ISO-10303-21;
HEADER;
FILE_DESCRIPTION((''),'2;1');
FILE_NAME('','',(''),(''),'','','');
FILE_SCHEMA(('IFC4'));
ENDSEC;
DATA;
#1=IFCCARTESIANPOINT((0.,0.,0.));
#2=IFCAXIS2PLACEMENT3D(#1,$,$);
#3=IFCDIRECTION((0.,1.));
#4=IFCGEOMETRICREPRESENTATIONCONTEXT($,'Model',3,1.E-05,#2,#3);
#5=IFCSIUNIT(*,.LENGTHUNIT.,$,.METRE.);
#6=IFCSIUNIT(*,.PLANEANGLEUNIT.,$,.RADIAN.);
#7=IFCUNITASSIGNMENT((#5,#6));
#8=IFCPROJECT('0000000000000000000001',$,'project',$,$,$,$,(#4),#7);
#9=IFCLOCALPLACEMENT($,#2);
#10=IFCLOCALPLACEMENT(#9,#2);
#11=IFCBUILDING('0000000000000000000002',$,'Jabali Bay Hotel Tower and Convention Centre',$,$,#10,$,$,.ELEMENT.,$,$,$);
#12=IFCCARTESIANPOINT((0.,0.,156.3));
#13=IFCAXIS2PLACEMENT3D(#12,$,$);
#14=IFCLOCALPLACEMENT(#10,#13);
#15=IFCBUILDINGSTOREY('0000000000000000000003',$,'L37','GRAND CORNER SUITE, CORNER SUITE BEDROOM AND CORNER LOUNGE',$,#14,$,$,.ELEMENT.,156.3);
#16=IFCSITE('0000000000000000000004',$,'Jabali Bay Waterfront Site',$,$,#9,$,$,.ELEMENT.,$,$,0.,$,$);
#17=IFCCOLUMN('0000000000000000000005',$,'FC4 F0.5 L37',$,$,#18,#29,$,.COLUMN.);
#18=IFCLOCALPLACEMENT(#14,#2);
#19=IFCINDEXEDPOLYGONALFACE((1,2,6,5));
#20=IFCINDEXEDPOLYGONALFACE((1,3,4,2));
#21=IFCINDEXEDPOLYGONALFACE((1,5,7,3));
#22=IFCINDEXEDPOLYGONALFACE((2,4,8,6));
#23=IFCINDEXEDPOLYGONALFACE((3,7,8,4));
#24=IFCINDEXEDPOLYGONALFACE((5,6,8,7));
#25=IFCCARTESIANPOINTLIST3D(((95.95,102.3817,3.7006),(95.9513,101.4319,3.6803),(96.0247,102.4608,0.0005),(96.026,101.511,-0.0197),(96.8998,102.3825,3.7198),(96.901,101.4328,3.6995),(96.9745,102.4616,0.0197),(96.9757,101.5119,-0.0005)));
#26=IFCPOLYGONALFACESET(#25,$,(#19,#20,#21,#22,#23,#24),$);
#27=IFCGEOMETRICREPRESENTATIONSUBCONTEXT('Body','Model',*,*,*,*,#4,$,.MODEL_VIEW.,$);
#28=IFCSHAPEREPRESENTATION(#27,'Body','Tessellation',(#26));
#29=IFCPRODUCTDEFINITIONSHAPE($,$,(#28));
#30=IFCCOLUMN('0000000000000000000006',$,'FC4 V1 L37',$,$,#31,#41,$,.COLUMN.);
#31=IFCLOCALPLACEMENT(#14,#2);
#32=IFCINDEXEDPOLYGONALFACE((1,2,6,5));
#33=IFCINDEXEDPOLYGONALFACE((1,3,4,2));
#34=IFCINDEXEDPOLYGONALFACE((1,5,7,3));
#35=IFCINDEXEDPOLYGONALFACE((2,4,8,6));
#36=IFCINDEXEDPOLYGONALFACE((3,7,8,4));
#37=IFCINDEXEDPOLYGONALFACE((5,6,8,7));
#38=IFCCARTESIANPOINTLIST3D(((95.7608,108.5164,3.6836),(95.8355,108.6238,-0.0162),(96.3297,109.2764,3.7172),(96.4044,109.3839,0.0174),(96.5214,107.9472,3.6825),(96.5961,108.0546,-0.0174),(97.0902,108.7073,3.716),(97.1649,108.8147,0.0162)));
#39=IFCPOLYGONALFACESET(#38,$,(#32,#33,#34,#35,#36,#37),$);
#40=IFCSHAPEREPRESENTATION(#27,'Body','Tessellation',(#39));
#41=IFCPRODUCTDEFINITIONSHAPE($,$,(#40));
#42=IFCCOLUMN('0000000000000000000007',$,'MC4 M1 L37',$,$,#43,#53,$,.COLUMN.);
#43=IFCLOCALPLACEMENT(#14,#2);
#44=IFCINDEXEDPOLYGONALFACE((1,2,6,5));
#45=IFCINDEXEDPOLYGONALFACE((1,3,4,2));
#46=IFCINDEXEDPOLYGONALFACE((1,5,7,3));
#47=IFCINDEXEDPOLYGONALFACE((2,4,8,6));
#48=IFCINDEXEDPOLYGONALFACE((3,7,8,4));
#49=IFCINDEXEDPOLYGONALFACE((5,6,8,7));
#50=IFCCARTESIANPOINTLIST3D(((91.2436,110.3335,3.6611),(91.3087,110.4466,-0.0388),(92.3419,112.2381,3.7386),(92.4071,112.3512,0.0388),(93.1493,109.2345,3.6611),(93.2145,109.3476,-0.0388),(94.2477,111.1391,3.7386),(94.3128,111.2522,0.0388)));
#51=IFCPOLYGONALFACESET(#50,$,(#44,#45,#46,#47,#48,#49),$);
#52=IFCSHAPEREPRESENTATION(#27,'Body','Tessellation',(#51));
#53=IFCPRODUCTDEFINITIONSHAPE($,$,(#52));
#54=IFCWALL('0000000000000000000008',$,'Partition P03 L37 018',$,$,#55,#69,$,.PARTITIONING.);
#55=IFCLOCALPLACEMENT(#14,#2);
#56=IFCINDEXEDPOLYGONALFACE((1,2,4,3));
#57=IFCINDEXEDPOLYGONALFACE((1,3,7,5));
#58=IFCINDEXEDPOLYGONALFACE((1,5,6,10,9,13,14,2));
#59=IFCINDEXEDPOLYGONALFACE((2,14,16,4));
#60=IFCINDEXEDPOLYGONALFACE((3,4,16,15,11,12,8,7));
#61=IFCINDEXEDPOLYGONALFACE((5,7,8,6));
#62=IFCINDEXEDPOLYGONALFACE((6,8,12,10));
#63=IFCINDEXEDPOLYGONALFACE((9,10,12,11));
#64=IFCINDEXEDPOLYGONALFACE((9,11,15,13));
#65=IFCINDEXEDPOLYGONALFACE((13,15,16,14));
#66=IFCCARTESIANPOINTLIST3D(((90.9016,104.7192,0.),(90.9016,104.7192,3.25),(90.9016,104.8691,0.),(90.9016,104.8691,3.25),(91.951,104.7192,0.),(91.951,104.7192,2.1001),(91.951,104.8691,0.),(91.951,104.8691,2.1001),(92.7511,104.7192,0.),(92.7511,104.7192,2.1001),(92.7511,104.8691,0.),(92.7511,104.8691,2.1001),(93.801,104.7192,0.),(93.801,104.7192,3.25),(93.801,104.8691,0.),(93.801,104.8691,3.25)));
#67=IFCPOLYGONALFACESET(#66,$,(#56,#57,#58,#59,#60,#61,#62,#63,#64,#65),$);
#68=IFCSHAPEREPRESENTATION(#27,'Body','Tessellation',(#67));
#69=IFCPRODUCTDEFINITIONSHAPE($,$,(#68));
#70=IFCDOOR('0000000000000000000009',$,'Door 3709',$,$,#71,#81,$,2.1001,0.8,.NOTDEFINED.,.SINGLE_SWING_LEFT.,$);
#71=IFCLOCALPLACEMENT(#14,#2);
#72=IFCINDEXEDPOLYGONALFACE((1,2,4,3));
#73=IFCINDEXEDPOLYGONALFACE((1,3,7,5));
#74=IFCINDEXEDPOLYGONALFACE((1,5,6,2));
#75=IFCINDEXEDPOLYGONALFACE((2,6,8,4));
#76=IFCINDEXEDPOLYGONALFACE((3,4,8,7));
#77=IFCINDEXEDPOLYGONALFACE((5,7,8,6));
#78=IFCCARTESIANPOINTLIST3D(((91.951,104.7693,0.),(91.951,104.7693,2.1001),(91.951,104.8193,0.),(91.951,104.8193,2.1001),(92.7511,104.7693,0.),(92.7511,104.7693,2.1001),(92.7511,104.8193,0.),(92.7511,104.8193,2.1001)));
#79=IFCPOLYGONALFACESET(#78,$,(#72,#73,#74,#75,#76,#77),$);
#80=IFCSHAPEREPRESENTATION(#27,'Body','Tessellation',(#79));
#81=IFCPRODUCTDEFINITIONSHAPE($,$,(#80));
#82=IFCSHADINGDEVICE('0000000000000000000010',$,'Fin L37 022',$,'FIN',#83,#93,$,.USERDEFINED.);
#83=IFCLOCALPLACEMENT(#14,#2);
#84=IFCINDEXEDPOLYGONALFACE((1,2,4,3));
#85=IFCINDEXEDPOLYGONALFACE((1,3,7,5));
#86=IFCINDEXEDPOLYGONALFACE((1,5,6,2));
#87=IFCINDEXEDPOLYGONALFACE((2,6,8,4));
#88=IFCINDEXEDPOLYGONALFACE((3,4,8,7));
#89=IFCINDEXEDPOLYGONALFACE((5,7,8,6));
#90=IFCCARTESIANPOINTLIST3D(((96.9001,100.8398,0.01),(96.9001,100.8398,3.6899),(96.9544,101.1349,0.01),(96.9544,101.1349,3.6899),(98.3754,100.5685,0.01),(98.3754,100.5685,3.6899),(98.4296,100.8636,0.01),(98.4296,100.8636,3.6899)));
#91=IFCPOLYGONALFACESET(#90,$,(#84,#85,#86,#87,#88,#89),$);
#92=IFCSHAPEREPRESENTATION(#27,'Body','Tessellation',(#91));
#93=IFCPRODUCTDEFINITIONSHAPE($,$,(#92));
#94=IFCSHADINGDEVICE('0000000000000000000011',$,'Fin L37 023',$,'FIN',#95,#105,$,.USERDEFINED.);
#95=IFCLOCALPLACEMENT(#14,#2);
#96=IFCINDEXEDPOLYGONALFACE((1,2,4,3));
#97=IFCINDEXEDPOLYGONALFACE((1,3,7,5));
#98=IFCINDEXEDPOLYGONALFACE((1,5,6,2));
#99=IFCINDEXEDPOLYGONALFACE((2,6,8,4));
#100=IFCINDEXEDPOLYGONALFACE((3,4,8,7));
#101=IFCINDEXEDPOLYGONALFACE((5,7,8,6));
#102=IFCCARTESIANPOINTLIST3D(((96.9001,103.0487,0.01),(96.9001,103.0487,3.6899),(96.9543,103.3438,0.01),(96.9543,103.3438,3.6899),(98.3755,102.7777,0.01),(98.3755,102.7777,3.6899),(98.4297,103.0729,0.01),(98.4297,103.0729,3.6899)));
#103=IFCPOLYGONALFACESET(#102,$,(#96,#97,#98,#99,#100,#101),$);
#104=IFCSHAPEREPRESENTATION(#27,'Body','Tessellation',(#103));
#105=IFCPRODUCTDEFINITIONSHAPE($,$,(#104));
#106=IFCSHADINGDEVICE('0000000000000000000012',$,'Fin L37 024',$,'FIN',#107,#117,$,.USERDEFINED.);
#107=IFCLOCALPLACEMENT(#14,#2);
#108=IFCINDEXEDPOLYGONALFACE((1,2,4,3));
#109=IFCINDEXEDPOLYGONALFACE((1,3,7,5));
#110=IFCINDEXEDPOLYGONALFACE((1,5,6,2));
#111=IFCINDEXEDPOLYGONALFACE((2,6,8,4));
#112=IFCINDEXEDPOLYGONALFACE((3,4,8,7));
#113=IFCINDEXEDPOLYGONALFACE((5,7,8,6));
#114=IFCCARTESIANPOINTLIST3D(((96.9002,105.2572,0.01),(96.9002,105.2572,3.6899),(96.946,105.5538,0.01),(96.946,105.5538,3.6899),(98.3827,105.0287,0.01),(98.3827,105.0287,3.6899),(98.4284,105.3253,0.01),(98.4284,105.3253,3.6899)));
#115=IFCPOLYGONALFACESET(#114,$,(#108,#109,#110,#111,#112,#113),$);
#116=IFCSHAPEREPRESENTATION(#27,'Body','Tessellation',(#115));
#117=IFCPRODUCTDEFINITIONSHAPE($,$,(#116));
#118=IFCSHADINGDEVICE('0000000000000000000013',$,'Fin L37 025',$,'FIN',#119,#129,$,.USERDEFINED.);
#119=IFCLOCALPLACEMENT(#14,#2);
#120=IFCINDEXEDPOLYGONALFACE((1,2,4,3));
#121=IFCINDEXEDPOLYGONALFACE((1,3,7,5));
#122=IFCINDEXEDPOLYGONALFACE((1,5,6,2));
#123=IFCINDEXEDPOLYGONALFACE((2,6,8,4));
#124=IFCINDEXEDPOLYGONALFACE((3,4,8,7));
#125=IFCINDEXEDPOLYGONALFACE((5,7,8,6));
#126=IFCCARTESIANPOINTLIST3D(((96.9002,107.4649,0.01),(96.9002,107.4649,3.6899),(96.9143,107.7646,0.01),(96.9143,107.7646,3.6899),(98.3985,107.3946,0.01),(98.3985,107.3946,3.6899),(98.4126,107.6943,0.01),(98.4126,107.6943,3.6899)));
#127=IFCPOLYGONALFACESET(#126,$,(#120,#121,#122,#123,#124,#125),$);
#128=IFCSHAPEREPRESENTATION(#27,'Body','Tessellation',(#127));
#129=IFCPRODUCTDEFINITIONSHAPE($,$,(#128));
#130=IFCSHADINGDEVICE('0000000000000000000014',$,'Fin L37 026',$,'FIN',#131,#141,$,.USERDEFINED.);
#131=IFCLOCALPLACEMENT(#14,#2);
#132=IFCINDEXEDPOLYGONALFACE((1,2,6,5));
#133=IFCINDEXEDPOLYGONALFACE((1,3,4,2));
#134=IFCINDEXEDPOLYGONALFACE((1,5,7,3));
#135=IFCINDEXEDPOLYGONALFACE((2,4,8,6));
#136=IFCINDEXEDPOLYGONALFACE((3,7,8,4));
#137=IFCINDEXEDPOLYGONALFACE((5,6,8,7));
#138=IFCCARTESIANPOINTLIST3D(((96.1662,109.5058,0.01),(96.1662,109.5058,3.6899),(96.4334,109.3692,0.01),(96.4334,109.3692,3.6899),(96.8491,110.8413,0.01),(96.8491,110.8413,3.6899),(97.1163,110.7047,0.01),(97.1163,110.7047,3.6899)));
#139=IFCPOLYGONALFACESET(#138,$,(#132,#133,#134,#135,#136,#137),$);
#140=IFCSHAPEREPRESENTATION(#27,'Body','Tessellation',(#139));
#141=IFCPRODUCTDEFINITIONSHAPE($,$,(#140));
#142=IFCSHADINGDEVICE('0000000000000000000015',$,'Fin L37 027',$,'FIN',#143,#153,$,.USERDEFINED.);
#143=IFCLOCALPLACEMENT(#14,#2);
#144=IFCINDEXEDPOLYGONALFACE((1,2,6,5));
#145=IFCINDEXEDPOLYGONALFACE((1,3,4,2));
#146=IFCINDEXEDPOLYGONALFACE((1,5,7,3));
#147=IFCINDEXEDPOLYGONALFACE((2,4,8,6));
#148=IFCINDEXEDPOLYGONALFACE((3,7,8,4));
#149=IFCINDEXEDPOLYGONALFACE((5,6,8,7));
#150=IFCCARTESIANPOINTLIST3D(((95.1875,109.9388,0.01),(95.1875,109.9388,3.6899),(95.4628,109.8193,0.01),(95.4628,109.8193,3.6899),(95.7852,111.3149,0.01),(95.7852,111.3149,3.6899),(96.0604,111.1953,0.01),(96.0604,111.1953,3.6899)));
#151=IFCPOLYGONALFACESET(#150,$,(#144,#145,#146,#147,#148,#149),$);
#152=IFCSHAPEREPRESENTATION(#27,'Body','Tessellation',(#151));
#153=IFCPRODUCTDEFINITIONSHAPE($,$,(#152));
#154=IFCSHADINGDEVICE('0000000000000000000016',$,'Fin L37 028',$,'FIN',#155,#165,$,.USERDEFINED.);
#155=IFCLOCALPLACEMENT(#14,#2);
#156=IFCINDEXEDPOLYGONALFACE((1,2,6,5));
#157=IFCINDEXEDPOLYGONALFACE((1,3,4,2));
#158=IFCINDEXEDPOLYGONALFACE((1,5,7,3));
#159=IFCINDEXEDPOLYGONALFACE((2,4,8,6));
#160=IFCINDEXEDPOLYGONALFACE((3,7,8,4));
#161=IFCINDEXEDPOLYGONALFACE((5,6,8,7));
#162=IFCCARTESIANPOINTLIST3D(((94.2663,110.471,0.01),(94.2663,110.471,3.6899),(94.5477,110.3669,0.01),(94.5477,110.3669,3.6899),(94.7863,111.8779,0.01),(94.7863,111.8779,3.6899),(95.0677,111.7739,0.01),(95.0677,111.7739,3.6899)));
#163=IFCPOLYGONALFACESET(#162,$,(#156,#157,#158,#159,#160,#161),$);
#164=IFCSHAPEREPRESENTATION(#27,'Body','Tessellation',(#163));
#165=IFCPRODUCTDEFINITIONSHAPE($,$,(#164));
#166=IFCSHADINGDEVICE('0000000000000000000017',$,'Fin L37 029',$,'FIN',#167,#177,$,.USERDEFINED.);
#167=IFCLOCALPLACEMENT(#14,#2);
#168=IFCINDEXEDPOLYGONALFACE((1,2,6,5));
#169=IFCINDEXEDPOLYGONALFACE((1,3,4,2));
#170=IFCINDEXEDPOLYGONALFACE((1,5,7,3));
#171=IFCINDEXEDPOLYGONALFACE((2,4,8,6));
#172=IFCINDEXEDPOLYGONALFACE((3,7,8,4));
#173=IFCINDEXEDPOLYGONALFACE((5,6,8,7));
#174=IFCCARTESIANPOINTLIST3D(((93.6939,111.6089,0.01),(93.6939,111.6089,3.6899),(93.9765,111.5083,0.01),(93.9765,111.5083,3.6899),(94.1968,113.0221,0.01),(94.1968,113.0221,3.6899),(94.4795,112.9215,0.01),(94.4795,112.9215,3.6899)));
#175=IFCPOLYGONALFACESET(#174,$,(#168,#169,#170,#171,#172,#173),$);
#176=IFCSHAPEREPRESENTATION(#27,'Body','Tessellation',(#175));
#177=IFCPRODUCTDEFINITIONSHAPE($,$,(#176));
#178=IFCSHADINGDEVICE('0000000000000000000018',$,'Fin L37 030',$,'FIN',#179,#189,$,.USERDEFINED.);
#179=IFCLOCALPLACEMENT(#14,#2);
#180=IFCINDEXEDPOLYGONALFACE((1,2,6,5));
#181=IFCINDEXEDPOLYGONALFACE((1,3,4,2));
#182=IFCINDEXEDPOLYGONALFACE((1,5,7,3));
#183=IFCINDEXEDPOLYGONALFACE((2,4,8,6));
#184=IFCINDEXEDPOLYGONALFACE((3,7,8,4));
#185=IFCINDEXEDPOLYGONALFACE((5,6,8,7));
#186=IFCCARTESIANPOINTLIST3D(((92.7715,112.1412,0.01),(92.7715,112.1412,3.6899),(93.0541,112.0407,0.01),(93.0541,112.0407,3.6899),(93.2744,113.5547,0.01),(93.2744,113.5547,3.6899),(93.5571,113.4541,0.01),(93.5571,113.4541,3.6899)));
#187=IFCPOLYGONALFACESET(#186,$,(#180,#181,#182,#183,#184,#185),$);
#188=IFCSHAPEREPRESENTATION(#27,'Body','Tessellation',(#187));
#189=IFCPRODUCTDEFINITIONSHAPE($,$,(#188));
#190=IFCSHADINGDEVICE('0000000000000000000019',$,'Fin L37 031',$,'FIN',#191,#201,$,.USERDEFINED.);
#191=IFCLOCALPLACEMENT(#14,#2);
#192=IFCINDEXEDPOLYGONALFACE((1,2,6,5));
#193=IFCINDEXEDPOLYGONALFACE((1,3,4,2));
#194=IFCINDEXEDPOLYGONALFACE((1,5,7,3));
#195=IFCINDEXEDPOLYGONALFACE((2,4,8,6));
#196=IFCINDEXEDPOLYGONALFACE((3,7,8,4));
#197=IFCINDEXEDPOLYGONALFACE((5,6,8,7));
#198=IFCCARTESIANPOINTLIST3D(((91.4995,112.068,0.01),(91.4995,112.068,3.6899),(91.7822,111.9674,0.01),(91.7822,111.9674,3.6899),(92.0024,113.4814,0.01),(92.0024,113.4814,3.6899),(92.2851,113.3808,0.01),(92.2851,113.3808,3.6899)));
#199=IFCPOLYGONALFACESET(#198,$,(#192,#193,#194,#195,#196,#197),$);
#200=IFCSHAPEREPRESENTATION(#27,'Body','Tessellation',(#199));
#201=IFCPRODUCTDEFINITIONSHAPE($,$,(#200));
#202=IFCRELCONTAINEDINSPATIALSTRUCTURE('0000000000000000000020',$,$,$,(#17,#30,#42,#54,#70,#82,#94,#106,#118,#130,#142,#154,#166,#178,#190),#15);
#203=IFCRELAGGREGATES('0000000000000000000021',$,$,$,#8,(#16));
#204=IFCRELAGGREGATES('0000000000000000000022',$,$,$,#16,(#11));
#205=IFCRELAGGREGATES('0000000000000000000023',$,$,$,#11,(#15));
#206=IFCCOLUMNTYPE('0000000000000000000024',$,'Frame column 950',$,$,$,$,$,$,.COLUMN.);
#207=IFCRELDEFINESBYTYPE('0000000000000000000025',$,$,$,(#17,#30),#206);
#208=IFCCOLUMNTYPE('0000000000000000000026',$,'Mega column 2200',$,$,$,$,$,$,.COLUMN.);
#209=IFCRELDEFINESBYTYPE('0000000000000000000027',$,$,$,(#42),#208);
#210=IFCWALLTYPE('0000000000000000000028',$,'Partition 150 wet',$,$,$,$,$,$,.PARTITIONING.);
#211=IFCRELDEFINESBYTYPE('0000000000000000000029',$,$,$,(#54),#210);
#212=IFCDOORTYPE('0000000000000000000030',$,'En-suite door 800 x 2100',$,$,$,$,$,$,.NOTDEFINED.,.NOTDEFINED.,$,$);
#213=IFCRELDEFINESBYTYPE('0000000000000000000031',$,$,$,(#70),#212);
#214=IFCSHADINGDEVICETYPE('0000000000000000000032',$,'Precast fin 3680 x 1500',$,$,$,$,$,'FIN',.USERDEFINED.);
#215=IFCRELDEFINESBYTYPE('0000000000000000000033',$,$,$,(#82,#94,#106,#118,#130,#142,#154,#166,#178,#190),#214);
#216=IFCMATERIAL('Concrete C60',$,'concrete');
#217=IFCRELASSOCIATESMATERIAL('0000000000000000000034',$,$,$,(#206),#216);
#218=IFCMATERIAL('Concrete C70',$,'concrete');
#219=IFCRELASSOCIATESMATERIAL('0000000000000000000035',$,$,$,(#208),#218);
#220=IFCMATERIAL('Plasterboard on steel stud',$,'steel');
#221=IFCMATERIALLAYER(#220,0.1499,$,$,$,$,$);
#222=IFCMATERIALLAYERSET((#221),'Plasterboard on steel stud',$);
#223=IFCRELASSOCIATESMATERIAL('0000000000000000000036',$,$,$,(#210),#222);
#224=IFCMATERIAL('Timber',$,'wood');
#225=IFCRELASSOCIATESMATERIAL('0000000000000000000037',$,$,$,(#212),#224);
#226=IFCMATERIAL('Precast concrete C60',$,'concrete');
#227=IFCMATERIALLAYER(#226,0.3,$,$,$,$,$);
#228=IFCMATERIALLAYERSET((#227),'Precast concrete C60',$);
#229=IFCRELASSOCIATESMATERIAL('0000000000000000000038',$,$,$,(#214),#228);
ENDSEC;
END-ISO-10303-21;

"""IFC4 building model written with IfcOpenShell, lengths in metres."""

from ifc_helpers import new_model, si_unit, direction, frame, frame_2d, origin, origin_2d, place, context, subcontext, project, spatial, rectangle, extrude, material, layer, layer_set, material_profile, profile_set, type_object, element, fill, save


model = new_model("IFC4")

# Units and contexts
model_context = context("Model", 3, precision=1e-05, world=origin(), true_north=direction((0.0, 1.0)))
body_context = subcontext(model_context, "Body", "Model", "MODEL_VIEW")
ifc_project = project(units=[si_unit("LENGTHUNIT", "METRE"), si_unit("PLANEANGLEUNIT", "RADIAN")], contexts=[model_context])

# Site, building, storey
site_placement = place(None, origin())
site = spatial("IfcSite", under=ifc_project, at=site_placement, Name="Jabali Bay Waterfront Site", CompositionType="ELEMENT", RefElevation=0.0)
building_placement = place(site_placement, origin())
building = spatial("IfcBuilding", under=site, at=building_placement, Name="Jabali Bay Hotel Tower and Convention Centre", CompositionType="ELEMENT")
storey_placement = place(building_placement, frame((0.0, 0.0, 156.3)))
storey = spatial("IfcBuildingStorey", under=building, at=storey_placement, Name="L37", Description="GRAND CORNER SUITE, CORNER SUITE BEDROOM AND CORNER LOUNGE", CompositionType="ELEMENT", Elevation=156.3)

# Columns
ifc_material_1 = material(Name="Concrete C60", Category="concrete")
ifc_material_profile_1 = material_profile(ifc_material_1, rectangle(XDim=0.95, YDim=0.95, at=origin_2d()), Name="Frame column 950")
ifc_profile_set_1 = profile_set([ifc_material_profile_1], Name="Concrete C60")
column_type_1 = type_object("IfcColumnType", Name="Frame column 950", PredefinedType="COLUMN", material=ifc_profile_set_1)
column_1_placement = place(storey_placement, frame((96.5002, 101.9863, 0.0), z_axis=(-0.020183, -0.02137, 0.999568), x_axis=(0.999795, 0.000884, 0.020206)))
element("IfcColumn", 1, at=column_1_placement, inside=storey, type_object=column_type_1, Name="FC4 F0.5 L37", PredefinedType="COLUMN", context=body_context, shape_type="SweptSolid", body=[
    extrude(rectangle(XDim=0.95, YDim=0.95, at=origin_2d()), origin(), (0.0, 0.0, 1.0), 3.7017),
])
column_2_placement = place(storey_placement, frame((96.5002, 108.7192, 0.0), z_axis=(-0.020179, -0.029015, 0.999375), x_axis=(0.598814, 0.800109, 0.035321)))
element("IfcColumn", 2, at=column_2_placement, inside=storey, type_object=column_type_1, Name="FC4 V1 L37", PredefinedType="COLUMN", context=body_context, shape_type="SweptSolid", body=[
    extrude(rectangle(XDim=0.95, YDim=0.95, at=origin_2d()), origin(), (0.0, 0.0, 1.0), 3.7021),
])
ifc_material_2 = material(Name="Concrete C70", Category="concrete")
ifc_material_profile_2 = material_profile(ifc_material_2, rectangle(XDim=2.2, YDim=2.2, at=origin_2d()), Name="Mega column 2200")
ifc_profile_set_2 = profile_set([ifc_material_profile_2], Name="Concrete C70")
column_type_2 = type_object("IfcColumnType", Name="Mega column 2200", PredefinedType="COLUMN", material=ifc_profile_set_2)
column_3_placement = place(storey_placement, frame((92.8108, 110.8494, 0.0), z_axis=(-0.017607, -0.030532, 0.999379), x_axis=(0.866279, -0.49956, 0.0)))
element("IfcColumn", 3, at=column_3_placement, inside=storey, type_object=column_type_2, Name="MC4 M1 L37", PredefinedType="COLUMN", context=body_context, shape_type="SweptSolid", body=[
    extrude(rectangle(XDim=2.2, YDim=2.2, at=origin_2d()), origin(), (0.0, 0.0, 1.0), 3.7021),
])

# Wall, opening, door
ifc_material_3 = material(Name="Plasterboard on steel stud", Category="steel")
ifc_layer_1 = layer(ifc_material_3, 0.1499)
ifc_layer_set_1 = layer_set([ifc_layer_1], Name="Plasterboard on steel stud")
wall_type_1 = type_object("IfcWallType", Name="Partition 150 wet", PredefinedType="PARTITIONING", material=ifc_layer_set_1)
wall_1_placement = place(storey_placement, frame((93.801, 104.7942, 0.0), z_axis=(0.0, 0.0, 1.0), x_axis=(-1.0, 0.0, 0.0)))
wall_1 = element("IfcWall", 4, at=wall_1_placement, inside=storey, type_object=wall_type_1, Name="Partition P03 L37 018", PredefinedType="PARTITIONING", context=body_context, shape_type="SweptSolid", body=[
    extrude(rectangle(XDim=2.8994, YDim=0.1499, at=frame_2d((1.4497, 0.0))), origin(), (0.0, 0.0, 1.0), 3.25),
])
opening_1_placement = place(wall_1_placement, frame((1.05, 0.0, 0.0)))
opening_1 = element("IfcOpeningElement", 5, at=opening_1_placement, cuts=wall_1, PredefinedType="OPENING", context=body_context, shape_type="SweptSolid", body=[
    extrude(rectangle(XDim=0.8, YDim=2.1001, at=frame_2d((0.3999, 1.05))), frame((0.0, 0.0854, 0.0), z_axis=(0.0, -1.0, 0.0), x_axis=(1.0, 0.0, 0.0)), (0.0, 0.0, 1.0), 0.1709),
])
ifc_material_4 = material(Name="Timber", Category="wood")
door_type_1 = type_object("IfcDoorType", Name="En-suite door 800 x 2100", OperationType="NOTDEFINED", PredefinedType="NOTDEFINED", material=ifc_material_4)
door_1_placement = place(opening_1_placement, origin())
door_1 = element("IfcDoor", 6, at=door_1_placement, inside=storey, type_object=door_type_1, Name="Door 3709", OperationType="SINGLE_SWING_LEFT", OverallHeight=2.1001, OverallWidth=0.8, PredefinedType="NOTDEFINED", context=body_context, shape_type="SweptSolid", body=[
    extrude(rectangle(XDim=0.8, YDim=2.1001, at=frame_2d((0.3999, 1.05))), frame((0.0, 0.0249, 0.0), z_axis=(0.0, -1.0, 0.0), x_axis=(1.0, 0.0, 0.0)), (0.0, 0.0, 1.0), 0.05),
])
fill(opening_1, door_1)

# Shading devices
ifc_material_5 = material(Name="Precast concrete C60", Category="concrete")
ifc_layer_2 = layer(ifc_material_5, 0.3)
ifc_layer_set_2 = layer_set([ifc_layer_2], Name="Precast concrete C60")
shading_device_type = type_object("IfcShadingDeviceType", Name="Precast fin 3680 x 1500", ElementType="FIN", PredefinedType="USERDEFINED", material=ifc_layer_set_2)
for number, where, z_axis, x_axis, name in (
    (7, (96.9272, 100.9873, 0.01), (0.0, 0.0, 1.0), (0.983516, -0.180819, 0.0), "Fin L37 022"),
    (8, (96.9272, 103.1963, 0.01), (0.0, 0.0, 1.0), (0.983545, -0.180661, 0.0), "Fin L37 023"),
    (9, (96.9231, 105.4055, 0.01), (0.0, 0.0, 1.0), (0.988326, -0.152351, 0.0), "Fin L37 024"),
    (10, (96.9072, 107.6147, 0.01), (0.0, 0.0, 1.0), (0.998901, -0.046877, 0.0), "Fin L37 025"),
    (11, (96.2998, 109.4375, 0.01), (0.0, 0.0, 1.0), (0.455269, 0.890354, 0.0), "Fin L37 026"),
):
    element("IfcShadingDevice", number, at=place(storey_placement, frame(where, z_axis=z_axis, x_axis=x_axis)), inside=storey, type_object=shading_device_type, Name=name, ObjectType="FIN", PredefinedType="USERDEFINED", context=body_context, shape_type="SweptSolid", body=[
        extrude(rectangle(XDim=1.5, YDim=0.3, at=frame_2d((0.75, 0.0))), origin(), (0.0, 0.0, 1.0), 3.6799),
    ])
shading_device_1_placement = place(storey_placement, frame((95.3252, 109.8792, 0.01), z_axis=(0.0, 0.0, 1.0), x_axis=(0.398393, 0.917215, 0.0)))
element("IfcShadingDevice", 12, at=shading_device_1_placement, inside=storey, type_object=shading_device_type, Name="Fin L37 027", ObjectType="FIN", PredefinedType="USERDEFINED", context=body_context, shape_type="SweptSolid", body=[
    extrude(rectangle(XDim=1.5002, YDim=0.3, at=frame_2d((0.75, 0.0))), origin(), (0.0, 0.0, 1.0), 3.6799),
])
for number, where, z_axis, x_axis, name in (
    (13, (94.407, 110.4189, 0.01), (0.0, 0.0, 1.0), (0.346678, 0.937984, 0.0), "Fin L37 028"),
    (14, (93.8352, 111.5586, 0.01), (0.0, 0.0, 1.0), (0.335305, 0.94211, 0.0), "Fin L37 029"),
):
    element("IfcShadingDevice", number, at=place(storey_placement, frame(where, z_axis=z_axis, x_axis=x_axis)), inside=storey, type_object=shading_device_type, Name=name, ObjectType="FIN", PredefinedType="USERDEFINED", context=body_context, shape_type="SweptSolid", body=[
        extrude(rectangle(XDim=1.5, YDim=0.3, at=frame_2d((0.75, 0.0))), origin(), (0.0, 0.0, 1.0), 3.6799),
    ])
for number, where, z_axis, x_axis, name in (
    (15, (92.9128, 112.0911, 0.01), (0.0, 0.0, 1.0), (0.335254, 0.942128, 0.0), "Fin L37 030"),
    (16, (91.6409, 112.0178, 0.01), (0.0, 0.0, 1.0), (0.335254, 0.942128, 0.0), "Fin L37 031"),
):
    element("IfcShadingDevice", number, at=place(storey_placement, frame(where, z_axis=z_axis, x_axis=x_axis)), inside=storey, type_object=shading_device_type, Name=name, ObjectType="FIN", PredefinedType="USERDEFINED", context=body_context, shape_type="SweptSolid", body=[
        extrude(rectangle(XDim=1.5002, YDim=0.3, at=frame_2d((0.75, 0.0))), origin(), (0.0, 0.0, 1.0), 3.6799),
    ])

save(model, "model.ifc")
